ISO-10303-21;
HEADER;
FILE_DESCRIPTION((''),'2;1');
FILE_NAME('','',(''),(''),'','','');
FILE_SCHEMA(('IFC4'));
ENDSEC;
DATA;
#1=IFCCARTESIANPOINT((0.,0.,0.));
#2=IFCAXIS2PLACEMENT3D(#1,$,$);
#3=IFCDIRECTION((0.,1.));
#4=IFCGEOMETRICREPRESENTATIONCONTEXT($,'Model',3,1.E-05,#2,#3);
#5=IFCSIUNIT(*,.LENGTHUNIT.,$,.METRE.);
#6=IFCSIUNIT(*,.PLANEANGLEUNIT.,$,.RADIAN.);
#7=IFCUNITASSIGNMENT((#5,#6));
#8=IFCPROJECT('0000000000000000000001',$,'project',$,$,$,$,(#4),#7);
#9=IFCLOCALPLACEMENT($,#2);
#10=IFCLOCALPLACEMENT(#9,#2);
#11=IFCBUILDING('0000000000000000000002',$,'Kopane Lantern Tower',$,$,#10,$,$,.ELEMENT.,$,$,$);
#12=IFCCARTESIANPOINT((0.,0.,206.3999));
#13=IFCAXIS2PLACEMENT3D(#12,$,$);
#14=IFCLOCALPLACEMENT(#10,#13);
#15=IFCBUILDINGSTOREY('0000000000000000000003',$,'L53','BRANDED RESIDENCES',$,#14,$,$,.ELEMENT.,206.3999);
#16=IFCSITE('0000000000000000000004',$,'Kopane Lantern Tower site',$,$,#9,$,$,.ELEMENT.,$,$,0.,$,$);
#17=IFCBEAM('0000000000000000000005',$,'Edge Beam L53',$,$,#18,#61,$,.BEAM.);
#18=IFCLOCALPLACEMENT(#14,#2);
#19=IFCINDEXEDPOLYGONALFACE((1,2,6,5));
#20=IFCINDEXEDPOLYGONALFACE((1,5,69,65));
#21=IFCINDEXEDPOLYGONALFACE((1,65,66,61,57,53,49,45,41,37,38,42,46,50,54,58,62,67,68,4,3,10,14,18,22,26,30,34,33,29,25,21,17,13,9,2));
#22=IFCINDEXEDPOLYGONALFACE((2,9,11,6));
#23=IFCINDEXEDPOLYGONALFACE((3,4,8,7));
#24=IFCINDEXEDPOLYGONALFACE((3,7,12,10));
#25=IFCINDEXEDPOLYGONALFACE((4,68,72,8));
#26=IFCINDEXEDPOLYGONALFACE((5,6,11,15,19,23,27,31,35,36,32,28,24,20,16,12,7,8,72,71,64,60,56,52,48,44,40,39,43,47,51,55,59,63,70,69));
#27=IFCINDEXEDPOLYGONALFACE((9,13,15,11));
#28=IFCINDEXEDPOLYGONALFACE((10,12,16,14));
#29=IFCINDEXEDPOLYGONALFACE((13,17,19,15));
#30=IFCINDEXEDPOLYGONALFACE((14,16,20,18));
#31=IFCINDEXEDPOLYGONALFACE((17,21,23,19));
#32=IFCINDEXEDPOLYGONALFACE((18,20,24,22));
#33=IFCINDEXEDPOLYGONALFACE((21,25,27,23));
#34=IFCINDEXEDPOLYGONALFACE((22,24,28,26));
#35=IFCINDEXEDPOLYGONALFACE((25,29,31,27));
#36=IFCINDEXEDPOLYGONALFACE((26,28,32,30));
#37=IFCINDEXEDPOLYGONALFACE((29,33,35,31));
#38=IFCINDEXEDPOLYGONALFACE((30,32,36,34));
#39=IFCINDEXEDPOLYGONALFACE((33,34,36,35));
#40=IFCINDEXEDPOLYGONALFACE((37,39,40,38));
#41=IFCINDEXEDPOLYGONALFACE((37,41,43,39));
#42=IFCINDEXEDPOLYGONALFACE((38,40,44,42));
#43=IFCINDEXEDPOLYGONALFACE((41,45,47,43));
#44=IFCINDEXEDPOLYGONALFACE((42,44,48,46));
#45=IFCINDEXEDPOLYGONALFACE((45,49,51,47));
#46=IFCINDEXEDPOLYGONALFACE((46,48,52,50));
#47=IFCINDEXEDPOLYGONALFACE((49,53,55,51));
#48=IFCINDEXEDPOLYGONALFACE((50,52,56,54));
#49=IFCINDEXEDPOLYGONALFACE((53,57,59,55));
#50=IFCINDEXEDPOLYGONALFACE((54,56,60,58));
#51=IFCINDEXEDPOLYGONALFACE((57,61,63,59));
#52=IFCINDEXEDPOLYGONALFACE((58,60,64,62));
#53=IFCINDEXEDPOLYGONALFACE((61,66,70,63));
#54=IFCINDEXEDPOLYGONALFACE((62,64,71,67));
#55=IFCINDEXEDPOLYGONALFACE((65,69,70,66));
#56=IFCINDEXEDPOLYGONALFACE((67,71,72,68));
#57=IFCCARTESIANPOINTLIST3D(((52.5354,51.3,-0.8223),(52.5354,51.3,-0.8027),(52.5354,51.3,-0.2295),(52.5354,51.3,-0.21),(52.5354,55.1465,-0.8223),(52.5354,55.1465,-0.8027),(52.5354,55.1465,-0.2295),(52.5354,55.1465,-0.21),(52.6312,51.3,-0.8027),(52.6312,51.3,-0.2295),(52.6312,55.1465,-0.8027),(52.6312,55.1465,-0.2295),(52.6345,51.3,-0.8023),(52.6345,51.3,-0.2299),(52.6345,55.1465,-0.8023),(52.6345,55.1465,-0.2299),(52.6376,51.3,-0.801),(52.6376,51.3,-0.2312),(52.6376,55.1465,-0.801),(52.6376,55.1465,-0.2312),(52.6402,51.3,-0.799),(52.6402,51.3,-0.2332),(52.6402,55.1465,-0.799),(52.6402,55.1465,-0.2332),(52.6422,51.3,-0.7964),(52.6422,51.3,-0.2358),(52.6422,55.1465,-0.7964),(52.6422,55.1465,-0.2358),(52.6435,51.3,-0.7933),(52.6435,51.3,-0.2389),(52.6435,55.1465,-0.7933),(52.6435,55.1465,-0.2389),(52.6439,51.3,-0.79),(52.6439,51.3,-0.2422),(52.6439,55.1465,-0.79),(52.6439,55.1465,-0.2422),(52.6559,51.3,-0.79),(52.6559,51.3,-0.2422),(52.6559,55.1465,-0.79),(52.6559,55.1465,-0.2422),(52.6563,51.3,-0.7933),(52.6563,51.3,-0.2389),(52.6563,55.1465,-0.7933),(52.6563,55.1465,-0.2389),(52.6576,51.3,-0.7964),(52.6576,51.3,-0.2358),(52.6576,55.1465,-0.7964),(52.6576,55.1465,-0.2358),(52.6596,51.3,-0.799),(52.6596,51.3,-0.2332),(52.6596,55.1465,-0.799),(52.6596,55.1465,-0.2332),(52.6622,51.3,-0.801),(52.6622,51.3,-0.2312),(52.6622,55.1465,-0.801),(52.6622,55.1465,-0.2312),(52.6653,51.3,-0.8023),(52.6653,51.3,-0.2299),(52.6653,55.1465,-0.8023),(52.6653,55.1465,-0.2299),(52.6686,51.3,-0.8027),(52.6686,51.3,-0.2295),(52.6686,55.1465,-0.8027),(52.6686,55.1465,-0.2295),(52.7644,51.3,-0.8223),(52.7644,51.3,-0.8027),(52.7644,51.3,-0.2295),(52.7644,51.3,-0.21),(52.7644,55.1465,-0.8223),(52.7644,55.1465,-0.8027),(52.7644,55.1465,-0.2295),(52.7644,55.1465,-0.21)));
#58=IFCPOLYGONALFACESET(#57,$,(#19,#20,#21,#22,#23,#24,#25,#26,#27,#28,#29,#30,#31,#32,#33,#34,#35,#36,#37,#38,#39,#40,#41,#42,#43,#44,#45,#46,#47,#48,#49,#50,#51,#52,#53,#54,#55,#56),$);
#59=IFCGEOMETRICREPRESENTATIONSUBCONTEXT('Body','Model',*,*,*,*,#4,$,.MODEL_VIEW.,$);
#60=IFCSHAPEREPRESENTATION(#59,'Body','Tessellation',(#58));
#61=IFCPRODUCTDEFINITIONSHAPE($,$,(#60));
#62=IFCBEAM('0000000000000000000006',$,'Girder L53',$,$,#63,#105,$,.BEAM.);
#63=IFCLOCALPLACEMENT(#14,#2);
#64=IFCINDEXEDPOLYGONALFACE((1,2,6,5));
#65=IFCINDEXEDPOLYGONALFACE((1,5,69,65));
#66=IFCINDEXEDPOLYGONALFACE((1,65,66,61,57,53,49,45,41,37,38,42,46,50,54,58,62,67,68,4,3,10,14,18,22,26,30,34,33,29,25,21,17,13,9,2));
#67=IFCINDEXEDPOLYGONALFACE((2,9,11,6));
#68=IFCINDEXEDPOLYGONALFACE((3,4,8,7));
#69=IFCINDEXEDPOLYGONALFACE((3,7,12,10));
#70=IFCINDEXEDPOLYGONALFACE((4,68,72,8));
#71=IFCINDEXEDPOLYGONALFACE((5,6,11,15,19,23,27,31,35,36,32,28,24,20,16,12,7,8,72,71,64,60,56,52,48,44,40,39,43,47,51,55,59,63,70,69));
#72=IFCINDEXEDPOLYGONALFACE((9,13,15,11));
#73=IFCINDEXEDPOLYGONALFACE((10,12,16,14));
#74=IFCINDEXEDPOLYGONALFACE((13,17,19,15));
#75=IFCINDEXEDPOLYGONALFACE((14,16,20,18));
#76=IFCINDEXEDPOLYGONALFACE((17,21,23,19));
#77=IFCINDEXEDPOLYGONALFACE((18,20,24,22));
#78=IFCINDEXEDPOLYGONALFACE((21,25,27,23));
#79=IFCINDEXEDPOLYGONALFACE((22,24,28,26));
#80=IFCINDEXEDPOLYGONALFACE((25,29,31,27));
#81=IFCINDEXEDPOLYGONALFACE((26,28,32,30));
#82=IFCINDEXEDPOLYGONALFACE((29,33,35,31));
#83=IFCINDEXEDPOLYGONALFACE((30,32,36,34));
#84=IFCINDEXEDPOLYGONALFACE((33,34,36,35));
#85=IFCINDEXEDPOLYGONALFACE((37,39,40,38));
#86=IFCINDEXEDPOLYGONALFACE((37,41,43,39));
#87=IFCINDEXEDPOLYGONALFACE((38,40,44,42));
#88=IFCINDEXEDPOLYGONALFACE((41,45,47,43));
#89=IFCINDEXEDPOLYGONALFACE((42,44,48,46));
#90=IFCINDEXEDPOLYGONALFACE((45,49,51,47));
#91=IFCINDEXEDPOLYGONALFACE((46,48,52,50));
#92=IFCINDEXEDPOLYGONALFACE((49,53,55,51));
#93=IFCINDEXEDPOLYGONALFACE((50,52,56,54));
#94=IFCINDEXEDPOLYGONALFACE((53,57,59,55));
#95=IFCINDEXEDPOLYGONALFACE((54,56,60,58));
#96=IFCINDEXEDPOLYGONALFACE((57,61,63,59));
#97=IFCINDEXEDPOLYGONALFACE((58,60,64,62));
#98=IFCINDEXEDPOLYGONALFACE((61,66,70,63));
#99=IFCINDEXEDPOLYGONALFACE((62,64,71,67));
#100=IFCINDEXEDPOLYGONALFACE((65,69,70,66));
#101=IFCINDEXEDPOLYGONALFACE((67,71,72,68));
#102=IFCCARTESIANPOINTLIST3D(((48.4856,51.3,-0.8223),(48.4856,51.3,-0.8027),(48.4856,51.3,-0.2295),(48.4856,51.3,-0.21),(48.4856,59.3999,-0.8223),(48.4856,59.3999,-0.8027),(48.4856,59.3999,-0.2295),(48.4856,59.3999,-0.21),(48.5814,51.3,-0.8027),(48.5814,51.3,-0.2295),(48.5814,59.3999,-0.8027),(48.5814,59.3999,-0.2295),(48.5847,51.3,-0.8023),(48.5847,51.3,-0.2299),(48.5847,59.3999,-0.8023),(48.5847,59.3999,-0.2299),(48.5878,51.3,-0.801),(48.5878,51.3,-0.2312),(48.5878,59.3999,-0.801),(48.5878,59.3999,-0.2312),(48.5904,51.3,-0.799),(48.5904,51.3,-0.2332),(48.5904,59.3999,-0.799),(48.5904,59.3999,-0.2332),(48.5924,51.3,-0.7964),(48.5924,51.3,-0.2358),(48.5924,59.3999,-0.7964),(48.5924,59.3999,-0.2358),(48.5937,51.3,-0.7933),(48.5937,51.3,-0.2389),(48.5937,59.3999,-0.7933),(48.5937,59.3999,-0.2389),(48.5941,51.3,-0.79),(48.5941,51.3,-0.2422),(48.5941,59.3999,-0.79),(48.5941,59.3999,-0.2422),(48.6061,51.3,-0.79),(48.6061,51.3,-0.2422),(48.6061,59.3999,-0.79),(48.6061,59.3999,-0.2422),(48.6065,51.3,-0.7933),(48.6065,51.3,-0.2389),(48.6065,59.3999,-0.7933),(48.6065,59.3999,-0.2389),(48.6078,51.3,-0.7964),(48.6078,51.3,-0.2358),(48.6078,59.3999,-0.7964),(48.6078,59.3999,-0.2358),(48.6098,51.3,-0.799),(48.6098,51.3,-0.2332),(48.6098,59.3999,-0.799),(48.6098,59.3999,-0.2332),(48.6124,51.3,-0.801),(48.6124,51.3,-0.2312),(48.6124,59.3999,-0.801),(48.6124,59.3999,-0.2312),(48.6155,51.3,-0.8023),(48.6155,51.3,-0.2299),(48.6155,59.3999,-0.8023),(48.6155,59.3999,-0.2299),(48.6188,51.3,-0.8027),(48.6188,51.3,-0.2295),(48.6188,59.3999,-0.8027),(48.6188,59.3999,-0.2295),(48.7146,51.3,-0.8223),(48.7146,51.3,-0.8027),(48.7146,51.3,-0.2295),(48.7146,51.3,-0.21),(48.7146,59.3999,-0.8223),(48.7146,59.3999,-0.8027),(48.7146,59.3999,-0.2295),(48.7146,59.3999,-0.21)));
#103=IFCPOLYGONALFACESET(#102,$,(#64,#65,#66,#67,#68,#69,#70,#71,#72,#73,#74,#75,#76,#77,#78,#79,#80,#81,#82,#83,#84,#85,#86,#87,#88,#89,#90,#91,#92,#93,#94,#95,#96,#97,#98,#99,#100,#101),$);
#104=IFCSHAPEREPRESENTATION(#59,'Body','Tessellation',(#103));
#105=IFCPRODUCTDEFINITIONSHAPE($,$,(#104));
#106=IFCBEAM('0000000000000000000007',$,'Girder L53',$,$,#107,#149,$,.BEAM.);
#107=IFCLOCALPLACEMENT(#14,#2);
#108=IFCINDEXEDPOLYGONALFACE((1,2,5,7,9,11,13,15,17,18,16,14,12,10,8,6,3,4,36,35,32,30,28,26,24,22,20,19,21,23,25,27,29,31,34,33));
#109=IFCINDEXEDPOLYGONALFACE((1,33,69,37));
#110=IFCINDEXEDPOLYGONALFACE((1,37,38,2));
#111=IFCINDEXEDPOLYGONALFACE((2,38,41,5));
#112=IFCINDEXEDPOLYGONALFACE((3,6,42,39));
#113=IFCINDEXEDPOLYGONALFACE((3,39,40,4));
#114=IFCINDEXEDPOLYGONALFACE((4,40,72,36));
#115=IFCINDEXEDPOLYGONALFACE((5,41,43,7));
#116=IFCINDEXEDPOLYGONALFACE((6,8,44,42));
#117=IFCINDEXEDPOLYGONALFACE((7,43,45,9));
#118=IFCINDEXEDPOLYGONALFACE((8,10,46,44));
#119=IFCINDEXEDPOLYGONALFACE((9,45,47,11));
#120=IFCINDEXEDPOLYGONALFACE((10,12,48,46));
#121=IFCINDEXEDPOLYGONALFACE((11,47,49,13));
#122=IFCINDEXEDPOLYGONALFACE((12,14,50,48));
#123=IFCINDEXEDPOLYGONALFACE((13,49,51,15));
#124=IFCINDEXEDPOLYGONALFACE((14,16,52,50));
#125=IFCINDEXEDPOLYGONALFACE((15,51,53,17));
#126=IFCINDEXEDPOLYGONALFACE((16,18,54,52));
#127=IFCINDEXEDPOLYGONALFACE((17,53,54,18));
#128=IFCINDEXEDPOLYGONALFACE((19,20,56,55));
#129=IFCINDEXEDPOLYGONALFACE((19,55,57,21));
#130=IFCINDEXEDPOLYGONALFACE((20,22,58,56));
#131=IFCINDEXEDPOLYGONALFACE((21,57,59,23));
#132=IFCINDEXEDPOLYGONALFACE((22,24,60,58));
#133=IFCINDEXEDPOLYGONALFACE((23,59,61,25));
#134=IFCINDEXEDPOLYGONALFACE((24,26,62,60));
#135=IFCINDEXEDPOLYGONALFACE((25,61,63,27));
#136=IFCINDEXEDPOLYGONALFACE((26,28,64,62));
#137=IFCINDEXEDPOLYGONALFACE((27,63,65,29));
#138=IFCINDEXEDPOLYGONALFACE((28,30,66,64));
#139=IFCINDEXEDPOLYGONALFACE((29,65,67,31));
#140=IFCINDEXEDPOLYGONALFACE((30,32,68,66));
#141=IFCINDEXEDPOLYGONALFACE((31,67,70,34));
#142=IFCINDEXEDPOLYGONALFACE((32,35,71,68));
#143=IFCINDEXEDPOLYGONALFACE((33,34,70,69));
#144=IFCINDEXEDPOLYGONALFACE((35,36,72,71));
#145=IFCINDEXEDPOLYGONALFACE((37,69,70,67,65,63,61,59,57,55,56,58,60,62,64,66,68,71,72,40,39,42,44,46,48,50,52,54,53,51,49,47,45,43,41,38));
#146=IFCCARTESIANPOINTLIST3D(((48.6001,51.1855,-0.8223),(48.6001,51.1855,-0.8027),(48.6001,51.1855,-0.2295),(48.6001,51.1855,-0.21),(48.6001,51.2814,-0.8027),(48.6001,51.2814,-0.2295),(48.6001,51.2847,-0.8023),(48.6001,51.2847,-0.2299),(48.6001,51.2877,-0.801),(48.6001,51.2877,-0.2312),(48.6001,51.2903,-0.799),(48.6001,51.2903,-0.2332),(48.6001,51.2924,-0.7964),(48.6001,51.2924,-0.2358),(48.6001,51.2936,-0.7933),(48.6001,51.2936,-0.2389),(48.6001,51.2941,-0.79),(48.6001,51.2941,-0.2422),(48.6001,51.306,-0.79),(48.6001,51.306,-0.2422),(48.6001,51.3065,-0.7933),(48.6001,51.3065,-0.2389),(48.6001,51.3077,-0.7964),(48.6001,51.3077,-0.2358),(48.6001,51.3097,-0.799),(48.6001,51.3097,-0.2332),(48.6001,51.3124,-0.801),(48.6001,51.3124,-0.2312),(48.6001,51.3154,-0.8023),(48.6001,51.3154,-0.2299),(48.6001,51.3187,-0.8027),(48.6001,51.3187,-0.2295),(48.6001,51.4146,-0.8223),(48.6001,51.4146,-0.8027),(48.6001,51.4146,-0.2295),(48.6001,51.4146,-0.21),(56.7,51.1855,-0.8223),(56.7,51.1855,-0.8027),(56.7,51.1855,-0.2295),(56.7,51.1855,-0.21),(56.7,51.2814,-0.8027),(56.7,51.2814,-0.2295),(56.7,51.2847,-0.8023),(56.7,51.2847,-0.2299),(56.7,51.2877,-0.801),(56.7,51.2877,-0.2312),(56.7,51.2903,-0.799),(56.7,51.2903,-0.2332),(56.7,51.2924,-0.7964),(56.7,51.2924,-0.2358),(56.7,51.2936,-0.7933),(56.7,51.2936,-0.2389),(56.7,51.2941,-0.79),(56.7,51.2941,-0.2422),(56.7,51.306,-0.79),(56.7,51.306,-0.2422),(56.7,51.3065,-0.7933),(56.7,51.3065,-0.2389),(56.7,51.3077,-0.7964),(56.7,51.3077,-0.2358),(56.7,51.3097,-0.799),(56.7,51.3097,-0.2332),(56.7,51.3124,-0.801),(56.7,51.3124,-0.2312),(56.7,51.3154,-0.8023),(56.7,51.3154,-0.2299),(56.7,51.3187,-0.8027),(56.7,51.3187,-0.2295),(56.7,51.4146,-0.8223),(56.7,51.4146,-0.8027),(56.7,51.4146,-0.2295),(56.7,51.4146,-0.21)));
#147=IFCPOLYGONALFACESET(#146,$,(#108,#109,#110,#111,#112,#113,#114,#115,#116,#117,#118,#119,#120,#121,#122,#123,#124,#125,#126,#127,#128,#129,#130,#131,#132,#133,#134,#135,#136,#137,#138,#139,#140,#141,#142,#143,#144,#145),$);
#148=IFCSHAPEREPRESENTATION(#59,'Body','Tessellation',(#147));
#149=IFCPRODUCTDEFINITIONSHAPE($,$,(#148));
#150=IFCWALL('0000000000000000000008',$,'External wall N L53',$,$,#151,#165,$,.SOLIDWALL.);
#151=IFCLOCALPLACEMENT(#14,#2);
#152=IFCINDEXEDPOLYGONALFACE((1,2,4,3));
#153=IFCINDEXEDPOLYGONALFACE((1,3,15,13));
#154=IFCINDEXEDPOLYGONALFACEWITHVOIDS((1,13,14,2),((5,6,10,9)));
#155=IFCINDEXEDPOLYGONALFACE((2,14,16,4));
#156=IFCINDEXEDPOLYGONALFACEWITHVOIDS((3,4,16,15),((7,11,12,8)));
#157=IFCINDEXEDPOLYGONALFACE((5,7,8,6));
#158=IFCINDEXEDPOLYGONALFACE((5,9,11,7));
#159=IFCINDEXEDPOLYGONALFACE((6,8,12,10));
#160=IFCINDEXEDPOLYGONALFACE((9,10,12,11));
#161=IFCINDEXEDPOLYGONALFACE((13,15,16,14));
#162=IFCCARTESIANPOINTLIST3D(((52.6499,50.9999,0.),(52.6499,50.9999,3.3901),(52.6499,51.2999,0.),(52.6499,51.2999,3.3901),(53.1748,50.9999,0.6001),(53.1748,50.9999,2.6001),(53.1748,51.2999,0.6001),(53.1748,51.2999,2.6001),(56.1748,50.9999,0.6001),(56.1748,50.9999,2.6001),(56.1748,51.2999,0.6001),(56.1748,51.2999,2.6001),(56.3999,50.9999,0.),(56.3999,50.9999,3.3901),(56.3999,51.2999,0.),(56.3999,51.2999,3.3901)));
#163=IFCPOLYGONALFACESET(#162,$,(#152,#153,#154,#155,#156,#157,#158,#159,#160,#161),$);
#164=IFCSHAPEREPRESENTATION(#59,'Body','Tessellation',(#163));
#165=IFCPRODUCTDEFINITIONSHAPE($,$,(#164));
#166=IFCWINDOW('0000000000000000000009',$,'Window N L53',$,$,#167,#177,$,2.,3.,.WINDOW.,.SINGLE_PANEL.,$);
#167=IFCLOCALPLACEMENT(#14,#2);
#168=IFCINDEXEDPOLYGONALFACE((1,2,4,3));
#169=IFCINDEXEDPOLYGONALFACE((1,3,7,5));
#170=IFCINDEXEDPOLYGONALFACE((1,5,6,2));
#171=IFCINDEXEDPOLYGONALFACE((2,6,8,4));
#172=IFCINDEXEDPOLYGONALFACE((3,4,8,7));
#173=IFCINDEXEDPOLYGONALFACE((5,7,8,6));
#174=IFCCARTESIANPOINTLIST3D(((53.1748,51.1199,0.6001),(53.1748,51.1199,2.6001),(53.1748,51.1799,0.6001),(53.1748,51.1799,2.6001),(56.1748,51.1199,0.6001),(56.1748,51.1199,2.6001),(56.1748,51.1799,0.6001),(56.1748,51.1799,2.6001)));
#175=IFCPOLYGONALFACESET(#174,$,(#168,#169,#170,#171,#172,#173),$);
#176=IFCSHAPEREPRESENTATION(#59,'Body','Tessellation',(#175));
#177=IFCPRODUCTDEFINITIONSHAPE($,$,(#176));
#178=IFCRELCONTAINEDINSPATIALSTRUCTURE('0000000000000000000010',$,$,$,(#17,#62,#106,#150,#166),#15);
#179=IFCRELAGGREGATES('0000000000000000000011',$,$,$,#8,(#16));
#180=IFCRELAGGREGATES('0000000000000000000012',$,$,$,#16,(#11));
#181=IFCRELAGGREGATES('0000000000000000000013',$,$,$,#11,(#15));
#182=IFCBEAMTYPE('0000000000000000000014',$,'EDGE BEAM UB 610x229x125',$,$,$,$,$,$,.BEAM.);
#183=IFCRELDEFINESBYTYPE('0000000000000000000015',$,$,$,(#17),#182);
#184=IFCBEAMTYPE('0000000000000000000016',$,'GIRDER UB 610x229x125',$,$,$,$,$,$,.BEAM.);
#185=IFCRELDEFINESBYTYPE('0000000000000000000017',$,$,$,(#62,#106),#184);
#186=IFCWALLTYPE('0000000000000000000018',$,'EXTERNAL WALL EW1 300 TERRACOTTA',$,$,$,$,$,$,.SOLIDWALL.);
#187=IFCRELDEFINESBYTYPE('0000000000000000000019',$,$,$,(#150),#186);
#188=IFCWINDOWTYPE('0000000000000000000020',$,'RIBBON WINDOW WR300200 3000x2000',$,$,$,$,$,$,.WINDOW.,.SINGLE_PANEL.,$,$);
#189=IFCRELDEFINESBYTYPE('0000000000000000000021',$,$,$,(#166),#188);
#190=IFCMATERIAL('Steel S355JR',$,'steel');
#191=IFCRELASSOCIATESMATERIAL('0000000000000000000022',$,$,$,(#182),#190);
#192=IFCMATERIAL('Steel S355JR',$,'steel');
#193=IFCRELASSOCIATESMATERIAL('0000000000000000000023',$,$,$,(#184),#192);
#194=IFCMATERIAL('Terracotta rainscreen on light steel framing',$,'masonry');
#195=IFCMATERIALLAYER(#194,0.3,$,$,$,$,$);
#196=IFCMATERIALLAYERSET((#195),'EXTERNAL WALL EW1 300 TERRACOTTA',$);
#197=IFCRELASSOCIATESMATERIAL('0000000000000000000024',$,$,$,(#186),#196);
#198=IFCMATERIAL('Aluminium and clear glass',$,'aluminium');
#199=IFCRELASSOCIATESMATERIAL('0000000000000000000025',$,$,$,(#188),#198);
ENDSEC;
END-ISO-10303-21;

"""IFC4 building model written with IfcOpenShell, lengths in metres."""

from ifc_helpers import new_model, si_unit, direction, frame, frame_2d, origin, origin_2d, place, context, subcontext, project, spatial, rectangle, i_section, extrude, material, layer, layer_set, material_profile, profile_set, type_object, element, fill, save


model = new_model("IFC4")

# Units and contexts
model_context = context("Model", 3, precision=1e-05, world=origin(), true_north=direction((0.0, 1.0)))
body_context = subcontext(model_context, "Body", "Model", "MODEL_VIEW")
ifc_project = project(units=[si_unit("LENGTHUNIT", "METRE"), si_unit("PLANEANGLEUNIT", "RADIAN")], contexts=[model_context])

# Site, building, storey
site_placement = place(None, origin())
site = spatial("IfcSite", under=ifc_project, at=site_placement, Name="Kopane Lantern Tower site", CompositionType="ELEMENT", RefElevation=0.0)
building_placement = place(site_placement, origin())
building = spatial("IfcBuilding", under=site, at=building_placement, Name="Kopane Lantern Tower", CompositionType="ELEMENT")
storey_placement = place(building_placement, frame((0.0, 0.0, 206.3999)))
storey = spatial("IfcBuildingStorey", under=building, at=storey_placement, Name="L53", Description="BRANDED RESIDENCES", CompositionType="ELEMENT", Elevation=206.3999)

# Beams
ifc_material_1 = material(Name="Steel S355JR", Category="steel")
ifc_material_profile_1 = material_profile(ifc_material_1, i_section(OverallWidth=0.229, OverallDepth=0.6123, WebThickness=0.012, FlangeThickness=0.0195, FilletRadius=0.0127, at=origin_2d()), Name="UB 610x229x125")
ifc_profile_set_1 = profile_set([ifc_material_profile_1], Name="Steel S355JR")
beam_type_1 = type_object("IfcBeamType", Name="EDGE BEAM UB 610x229x125", PredefinedType="BEAM", material=ifc_profile_set_1)
for number, where, z_axis, x_axis, name in (
    (1, (52.6499, 55.1465, -0.5161), (0.0, -1.0, 0.0), (1.0, 0.0, 0.0), "Edge Beam L53"),
):
    element("IfcBeam", number, at=place(storey_placement, frame(where, z_axis=z_axis, x_axis=x_axis)), inside=storey, type_object=beam_type_1, Name=name, PredefinedType="BEAM", context=body_context, shape_type="SweptSolid", body=[
        extrude(i_section(OverallWidth=0.229, OverallDepth=0.6123, WebThickness=0.012, FlangeThickness=0.0195, FilletRadius=0.0127, at=origin_2d()), origin(), (0.0, 0.0, 1.0), 3.8464),
    ])
ifc_material_2 = material(Name="Steel S355JR", Category="steel")
ifc_material_profile_2 = material_profile(ifc_material_2, i_section(OverallWidth=0.229, OverallDepth=0.6123, WebThickness=0.012, FlangeThickness=0.0195, FilletRadius=0.0127, at=origin_2d()), Name="UB 610x229x125")
ifc_profile_set_2 = profile_set([ifc_material_profile_2], Name="Steel S355JR")
beam_type_2 = type_object("IfcBeamType", Name="GIRDER UB 610x229x125", PredefinedType="BEAM", material=ifc_profile_set_2)
for number, where, z_axis, x_axis, name in (
    (2, (48.6001, 51.3, -0.5161), (0.0, 1.0, 0.0), (-1.0, 0.0, 0.0), "Girder L53"),
    (3, (48.6001, 51.3, -0.5161), (1.0, 0.0, 0.0), (0.0, 1.0, 0.0), "Girder L53"),
):
    element("IfcBeam", number, at=place(storey_placement, frame(where, z_axis=z_axis, x_axis=x_axis)), inside=storey, type_object=beam_type_2, Name=name, PredefinedType="BEAM", context=body_context, shape_type="SweptSolid", body=[
        extrude(i_section(OverallWidth=0.229, OverallDepth=0.6123, WebThickness=0.012, FlangeThickness=0.0195, FilletRadius=0.0127, at=origin_2d()), origin(), (0.0, 0.0, 1.0), 8.0999),
    ])

# Wall, opening, window
ifc_material_3 = material(Name="Terracotta rainscreen on light steel framing", Category="masonry")
ifc_layer = layer(ifc_material_3, 0.3)
ifc_layer_set = layer_set([ifc_layer], Name="EXTERNAL WALL EW1 300 TERRACOTTA")
wall_type = type_object("IfcWallType", Name="EXTERNAL WALL EW1 300 TERRACOTTA", PredefinedType="SOLIDWALL", material=ifc_layer_set)
wall_1_placement = place(storey_placement, frame((56.3999, 51.1499, 0.0), z_axis=(0.0, 0.0, 1.0), x_axis=(-1.0, 0.0, 0.0)))
wall_1 = element("IfcWall", 4, at=wall_1_placement, inside=storey, type_object=wall_type, Name="External wall N L53", PredefinedType="SOLIDWALL", context=body_context, shape_type="SweptSolid", body=[
    extrude(rectangle(XDim=3.75, YDim=0.3, at=frame_2d((1.875, 0.0))), origin(), (0.0, 0.0, 1.0), 3.3901),
])
opening_1_placement = place(wall_1_placement, frame((0.2251, 0.0, 0.6001)))
opening_1 = element("IfcOpeningElement", 5, at=opening_1_placement, cuts=wall_1, PredefinedType="OPENING", context=body_context, shape_type="SweptSolid", body=[
    extrude(rectangle(XDim=3.0, YDim=2.0, at=frame_2d((1.5, 1.0))), frame((0.0, 0.1599, 0.0), z_axis=(0.0, -1.0, 0.0), x_axis=(1.0, 0.0, 0.0)), (0.0, 0.0, 1.0), 0.3201),
])
ifc_material_4 = material(Name="Aluminium and clear glass", Category="aluminium")
window_type = type_object("IfcWindowType", Name="RIBBON WINDOW WR300200 3000x2000", PartitioningType="SINGLE_PANEL", PredefinedType="WINDOW", material=ifc_material_4)
window_1_placement = place(opening_1_placement, origin())
window_1 = element("IfcWindow", 6, at=window_1_placement, inside=storey, type_object=window_type, Name="Window N L53", OverallHeight=2.0, OverallWidth=3.0, PartitioningType="SINGLE_PANEL", PredefinedType="WINDOW", context=body_context, shape_type="SweptSolid", body=[
    extrude(rectangle(XDim=3.0, YDim=2.0, at=frame_2d((1.5, 1.0))), frame((0.0, 0.03, 0.0), z_axis=(0.0, -1.0, 0.0), x_axis=(1.0, 0.0, 0.0)), (0.0, 0.0, 1.0), 0.0601),
])
fill(opening_1, window_1)

save(model, "model.ifc")
